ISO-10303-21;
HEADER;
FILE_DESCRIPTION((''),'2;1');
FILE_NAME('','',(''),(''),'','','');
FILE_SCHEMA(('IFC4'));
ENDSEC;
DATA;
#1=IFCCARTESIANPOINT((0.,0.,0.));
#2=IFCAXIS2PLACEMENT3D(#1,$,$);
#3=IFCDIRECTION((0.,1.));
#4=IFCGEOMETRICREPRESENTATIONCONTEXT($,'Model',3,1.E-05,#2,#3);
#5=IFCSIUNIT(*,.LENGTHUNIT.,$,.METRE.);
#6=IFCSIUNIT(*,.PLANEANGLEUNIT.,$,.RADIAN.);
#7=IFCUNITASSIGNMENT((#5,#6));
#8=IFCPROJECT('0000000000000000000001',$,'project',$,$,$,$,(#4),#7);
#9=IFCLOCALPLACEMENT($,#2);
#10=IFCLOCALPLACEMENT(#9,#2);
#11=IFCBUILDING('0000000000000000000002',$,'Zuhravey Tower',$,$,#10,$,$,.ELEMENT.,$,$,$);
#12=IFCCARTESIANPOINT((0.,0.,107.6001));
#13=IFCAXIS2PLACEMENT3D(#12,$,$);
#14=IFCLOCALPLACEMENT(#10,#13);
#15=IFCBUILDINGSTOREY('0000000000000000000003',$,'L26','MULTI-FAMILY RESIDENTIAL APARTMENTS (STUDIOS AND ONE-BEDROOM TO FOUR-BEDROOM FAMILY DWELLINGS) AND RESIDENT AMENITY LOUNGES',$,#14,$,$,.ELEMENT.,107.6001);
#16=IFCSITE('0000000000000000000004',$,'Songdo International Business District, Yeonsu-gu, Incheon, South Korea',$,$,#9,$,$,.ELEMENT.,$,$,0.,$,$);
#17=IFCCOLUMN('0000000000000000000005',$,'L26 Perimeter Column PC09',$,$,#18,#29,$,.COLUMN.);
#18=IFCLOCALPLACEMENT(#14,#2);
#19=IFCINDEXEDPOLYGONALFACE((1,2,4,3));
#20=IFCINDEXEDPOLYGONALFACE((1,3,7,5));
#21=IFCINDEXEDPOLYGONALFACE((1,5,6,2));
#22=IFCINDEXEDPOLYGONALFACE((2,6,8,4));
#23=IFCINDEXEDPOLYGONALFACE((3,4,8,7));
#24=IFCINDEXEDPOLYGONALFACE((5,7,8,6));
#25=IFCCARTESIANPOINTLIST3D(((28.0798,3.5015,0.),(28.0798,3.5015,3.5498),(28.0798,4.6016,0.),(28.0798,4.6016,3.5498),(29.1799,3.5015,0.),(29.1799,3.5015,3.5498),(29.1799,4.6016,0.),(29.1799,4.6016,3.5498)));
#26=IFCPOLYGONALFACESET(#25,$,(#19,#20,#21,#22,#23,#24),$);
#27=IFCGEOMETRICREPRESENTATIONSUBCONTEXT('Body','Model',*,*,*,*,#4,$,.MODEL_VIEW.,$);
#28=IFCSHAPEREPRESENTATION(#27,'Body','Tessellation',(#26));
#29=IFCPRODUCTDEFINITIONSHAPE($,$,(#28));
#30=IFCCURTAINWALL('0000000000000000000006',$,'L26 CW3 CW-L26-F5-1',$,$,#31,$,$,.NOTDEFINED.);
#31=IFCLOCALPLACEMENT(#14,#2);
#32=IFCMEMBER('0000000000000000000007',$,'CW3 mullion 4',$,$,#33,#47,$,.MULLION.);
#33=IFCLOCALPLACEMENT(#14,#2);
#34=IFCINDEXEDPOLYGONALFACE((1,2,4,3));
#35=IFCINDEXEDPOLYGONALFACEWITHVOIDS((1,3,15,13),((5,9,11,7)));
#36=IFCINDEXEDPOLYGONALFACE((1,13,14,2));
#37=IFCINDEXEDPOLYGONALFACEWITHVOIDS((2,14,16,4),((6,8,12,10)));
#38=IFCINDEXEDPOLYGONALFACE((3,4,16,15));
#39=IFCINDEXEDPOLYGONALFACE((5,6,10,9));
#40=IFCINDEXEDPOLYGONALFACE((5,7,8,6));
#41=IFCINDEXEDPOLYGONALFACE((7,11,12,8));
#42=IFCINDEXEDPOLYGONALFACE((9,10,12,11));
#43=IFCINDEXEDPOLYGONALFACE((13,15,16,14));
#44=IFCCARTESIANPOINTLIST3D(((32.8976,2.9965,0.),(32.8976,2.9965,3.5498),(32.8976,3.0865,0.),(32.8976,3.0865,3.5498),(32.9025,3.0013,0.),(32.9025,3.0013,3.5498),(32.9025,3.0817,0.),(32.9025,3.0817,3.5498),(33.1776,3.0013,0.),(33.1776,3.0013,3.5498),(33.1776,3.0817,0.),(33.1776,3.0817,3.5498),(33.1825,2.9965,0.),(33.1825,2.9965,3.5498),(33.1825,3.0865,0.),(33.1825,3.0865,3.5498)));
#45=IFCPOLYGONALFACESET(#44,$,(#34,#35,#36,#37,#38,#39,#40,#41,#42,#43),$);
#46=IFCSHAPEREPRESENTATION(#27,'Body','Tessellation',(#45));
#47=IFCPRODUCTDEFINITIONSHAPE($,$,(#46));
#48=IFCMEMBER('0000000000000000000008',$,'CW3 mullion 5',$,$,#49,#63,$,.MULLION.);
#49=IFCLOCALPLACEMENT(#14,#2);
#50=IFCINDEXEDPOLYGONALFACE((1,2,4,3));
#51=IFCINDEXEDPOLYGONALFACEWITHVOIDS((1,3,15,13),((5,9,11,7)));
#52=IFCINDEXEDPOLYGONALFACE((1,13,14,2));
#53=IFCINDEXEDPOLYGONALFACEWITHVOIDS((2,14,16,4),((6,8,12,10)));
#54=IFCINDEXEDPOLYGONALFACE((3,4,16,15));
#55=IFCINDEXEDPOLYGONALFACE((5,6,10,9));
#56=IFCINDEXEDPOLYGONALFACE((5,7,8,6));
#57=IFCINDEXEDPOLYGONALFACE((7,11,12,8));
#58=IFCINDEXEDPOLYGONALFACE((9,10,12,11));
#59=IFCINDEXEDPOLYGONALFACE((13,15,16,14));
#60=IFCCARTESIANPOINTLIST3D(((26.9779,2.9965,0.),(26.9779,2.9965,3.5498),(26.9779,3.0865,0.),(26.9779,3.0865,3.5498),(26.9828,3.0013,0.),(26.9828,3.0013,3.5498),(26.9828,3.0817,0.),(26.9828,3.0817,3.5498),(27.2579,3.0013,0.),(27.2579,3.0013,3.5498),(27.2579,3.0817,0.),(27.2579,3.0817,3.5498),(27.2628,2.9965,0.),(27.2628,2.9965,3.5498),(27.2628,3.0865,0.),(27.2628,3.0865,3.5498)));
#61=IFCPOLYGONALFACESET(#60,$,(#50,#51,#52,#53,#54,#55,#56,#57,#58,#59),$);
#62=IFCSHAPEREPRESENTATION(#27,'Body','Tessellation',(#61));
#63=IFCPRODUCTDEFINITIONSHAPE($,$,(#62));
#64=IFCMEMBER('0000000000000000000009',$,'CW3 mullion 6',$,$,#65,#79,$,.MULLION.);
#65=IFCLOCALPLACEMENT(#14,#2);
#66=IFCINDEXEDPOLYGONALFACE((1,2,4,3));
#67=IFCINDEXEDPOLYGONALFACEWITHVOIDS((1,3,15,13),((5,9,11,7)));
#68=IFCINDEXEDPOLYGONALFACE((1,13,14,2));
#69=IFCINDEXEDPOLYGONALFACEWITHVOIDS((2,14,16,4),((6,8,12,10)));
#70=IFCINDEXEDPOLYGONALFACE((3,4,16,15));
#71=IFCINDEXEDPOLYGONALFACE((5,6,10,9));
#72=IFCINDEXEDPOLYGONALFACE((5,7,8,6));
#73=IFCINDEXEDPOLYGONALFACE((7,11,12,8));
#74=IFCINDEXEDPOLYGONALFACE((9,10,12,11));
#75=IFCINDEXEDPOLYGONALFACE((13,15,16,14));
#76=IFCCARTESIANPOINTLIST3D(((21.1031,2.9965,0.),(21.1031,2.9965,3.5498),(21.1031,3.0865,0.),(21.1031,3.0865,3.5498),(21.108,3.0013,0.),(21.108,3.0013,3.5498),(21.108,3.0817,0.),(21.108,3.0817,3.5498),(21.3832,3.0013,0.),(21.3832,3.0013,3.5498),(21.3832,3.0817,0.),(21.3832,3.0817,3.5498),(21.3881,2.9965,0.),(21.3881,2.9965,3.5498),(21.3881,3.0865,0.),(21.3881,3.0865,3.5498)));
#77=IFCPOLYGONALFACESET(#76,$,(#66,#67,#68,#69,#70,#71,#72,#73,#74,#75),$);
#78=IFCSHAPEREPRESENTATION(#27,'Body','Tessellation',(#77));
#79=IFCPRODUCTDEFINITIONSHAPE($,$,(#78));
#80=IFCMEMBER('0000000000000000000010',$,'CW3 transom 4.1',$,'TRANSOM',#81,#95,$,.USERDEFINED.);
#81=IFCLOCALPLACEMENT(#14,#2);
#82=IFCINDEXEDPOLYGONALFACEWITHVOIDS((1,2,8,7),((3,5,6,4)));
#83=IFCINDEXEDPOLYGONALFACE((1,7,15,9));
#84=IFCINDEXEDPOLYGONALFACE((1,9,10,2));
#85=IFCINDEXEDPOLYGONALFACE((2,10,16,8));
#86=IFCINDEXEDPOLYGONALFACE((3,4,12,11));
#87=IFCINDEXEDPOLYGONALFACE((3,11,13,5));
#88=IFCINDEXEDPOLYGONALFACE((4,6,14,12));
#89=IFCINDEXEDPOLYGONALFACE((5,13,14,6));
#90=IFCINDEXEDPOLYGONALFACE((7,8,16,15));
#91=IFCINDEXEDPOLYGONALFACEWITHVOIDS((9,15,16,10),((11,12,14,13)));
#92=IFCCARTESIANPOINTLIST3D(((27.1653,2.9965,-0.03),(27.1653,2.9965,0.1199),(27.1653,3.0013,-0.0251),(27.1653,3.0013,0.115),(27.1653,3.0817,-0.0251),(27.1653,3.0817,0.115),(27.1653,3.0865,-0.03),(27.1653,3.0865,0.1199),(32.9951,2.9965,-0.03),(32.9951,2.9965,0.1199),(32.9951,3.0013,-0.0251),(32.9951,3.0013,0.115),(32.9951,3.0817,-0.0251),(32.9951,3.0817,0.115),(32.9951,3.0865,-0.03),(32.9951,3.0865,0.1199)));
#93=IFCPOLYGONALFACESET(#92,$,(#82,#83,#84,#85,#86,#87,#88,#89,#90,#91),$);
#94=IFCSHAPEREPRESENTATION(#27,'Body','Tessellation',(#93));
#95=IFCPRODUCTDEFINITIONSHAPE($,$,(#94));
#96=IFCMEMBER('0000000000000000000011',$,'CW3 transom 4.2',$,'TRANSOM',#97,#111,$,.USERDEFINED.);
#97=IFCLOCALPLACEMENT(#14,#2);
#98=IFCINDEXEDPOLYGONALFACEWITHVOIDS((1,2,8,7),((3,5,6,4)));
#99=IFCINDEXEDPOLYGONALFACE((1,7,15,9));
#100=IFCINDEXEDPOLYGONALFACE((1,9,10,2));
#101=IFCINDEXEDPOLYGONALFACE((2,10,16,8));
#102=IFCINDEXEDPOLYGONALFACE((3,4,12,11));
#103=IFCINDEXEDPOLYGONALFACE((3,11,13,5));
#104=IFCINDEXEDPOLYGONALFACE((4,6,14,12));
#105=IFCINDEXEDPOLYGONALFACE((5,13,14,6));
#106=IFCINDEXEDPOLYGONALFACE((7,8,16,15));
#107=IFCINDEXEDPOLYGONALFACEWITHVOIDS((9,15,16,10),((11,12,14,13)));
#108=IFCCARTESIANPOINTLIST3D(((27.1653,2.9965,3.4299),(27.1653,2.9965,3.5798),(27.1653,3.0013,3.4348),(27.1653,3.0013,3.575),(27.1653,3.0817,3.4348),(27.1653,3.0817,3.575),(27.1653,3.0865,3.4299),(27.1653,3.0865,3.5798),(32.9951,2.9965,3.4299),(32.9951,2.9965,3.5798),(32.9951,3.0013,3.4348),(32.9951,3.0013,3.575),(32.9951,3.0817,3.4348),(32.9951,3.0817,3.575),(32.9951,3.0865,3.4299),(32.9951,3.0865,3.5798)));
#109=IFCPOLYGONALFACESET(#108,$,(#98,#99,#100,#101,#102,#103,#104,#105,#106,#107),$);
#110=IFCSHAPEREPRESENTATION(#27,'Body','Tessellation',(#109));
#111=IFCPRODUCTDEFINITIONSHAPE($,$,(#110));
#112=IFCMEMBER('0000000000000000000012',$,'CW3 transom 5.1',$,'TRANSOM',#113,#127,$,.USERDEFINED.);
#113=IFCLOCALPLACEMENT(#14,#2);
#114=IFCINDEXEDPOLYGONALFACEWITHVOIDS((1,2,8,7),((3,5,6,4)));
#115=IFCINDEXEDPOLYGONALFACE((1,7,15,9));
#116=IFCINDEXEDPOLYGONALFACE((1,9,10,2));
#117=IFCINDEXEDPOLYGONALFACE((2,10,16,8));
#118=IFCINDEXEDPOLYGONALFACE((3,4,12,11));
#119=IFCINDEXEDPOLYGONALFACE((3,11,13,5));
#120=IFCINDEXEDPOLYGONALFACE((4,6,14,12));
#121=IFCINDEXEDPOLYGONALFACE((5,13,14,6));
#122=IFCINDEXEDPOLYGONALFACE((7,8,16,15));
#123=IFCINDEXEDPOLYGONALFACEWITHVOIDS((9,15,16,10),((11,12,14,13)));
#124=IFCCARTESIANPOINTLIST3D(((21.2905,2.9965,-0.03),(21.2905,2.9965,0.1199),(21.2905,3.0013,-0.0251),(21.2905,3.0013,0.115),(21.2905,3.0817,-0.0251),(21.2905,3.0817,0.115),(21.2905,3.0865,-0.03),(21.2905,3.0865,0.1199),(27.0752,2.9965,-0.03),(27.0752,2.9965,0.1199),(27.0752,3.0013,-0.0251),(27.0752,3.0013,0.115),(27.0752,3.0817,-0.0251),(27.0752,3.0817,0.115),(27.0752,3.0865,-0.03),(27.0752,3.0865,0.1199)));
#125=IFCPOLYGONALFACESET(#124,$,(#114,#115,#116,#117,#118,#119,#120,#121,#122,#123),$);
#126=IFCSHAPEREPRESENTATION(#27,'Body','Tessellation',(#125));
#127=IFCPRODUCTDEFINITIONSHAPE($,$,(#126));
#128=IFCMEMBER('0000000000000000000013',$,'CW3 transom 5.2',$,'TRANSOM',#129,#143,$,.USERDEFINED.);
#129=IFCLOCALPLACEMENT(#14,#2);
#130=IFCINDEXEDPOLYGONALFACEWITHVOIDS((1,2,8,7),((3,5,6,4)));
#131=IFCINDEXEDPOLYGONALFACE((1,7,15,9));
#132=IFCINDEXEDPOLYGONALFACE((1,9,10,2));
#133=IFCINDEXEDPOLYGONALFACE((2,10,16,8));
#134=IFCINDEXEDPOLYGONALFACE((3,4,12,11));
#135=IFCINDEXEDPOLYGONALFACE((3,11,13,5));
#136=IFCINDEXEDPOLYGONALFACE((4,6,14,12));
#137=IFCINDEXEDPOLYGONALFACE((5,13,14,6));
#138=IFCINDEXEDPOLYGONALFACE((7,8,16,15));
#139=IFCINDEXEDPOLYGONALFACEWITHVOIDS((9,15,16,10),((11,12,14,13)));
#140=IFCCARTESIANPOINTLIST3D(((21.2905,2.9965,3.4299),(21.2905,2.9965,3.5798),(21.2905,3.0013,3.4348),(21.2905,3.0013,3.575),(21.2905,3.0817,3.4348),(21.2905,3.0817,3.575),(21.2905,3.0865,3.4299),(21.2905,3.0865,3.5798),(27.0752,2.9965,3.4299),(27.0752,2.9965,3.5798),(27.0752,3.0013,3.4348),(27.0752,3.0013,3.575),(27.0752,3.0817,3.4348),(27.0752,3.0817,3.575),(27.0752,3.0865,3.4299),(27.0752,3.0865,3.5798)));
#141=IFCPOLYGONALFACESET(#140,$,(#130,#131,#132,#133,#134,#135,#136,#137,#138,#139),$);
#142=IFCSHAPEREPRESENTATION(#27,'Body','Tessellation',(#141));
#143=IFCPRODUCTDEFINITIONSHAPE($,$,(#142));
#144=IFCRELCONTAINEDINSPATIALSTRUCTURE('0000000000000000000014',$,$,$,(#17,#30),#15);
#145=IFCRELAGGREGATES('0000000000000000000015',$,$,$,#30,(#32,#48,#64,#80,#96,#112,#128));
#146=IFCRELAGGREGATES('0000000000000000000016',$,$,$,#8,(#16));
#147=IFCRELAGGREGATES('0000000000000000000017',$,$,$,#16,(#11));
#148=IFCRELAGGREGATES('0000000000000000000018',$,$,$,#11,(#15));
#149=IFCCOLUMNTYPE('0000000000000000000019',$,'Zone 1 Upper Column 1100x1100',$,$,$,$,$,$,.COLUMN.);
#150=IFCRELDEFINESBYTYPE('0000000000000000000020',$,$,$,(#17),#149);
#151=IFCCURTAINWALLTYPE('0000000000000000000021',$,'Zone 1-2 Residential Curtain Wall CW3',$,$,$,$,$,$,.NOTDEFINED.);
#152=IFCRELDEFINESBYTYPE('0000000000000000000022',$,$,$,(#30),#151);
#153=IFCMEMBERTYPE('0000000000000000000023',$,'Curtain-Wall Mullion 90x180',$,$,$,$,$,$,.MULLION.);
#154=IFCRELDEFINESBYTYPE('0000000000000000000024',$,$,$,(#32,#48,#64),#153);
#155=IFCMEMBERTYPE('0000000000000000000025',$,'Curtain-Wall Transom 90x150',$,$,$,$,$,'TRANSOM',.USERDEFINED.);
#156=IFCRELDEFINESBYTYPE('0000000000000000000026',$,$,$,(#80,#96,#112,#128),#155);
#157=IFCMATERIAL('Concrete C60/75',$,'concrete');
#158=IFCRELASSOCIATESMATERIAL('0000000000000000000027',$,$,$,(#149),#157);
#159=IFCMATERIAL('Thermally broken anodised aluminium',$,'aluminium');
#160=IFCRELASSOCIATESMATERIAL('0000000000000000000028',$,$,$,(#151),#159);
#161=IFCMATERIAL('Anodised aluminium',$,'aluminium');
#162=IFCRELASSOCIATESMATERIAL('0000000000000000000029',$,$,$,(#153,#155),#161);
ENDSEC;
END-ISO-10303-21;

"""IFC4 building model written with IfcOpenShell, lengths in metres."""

from ifc_helpers import new_model, si_unit, direction, frame, origin, origin_2d, place, context, subcontext, project, spatial, rectangle, hollow_rectangle, extrude, material, material_profile, profile_set, type_object, element, aggregate, save


model = new_model("IFC4")

# Units and contexts
model_context = context("Model", 3, precision=1e-05, world=origin(), true_north=direction((0.0, 1.0)))
body_context = subcontext(model_context, "Body", "Model", "MODEL_VIEW")
ifc_project = project(units=[si_unit("LENGTHUNIT", "METRE"), si_unit("PLANEANGLEUNIT", "RADIAN")], contexts=[model_context])

# Site, building, storey
site_placement = place(None, origin())
site = spatial("IfcSite", under=ifc_project, at=site_placement, Name="Songdo International Business District, Yeonsu-gu, Incheon, South Korea", CompositionType="ELEMENT", RefElevation=0.0)
building_placement = place(site_placement, origin())
building = spatial("IfcBuilding", under=site, at=building_placement, Name="Zuhravey Tower", CompositionType="ELEMENT")
storey_placement = place(building_placement, frame((0.0, 0.0, 107.6001)))
storey = spatial("IfcBuildingStorey", under=building, at=storey_placement, Name="L26", Description="MULTI-FAMILY RESIDENTIAL APARTMENTS (STUDIOS AND ONE-BEDROOM TO FOUR-BEDROOM FAMILY DWELLINGS) AND RESIDENT AMENITY LOUNGES", CompositionType="ELEMENT", Elevation=107.6001)

# Column
ifc_material_1 = material(Name="Concrete C60/75", Category="concrete")
ifc_material_profile_1 = material_profile(ifc_material_1, rectangle(XDim=1.1001, YDim=1.1001, at=origin_2d()), Name="RC-1100x1100")
ifc_profile_set_1 = profile_set([ifc_material_profile_1], Name="Concrete C60/75")
column_type = type_object("IfcColumnType", Name="Zone 1 Upper Column 1100x1100", PredefinedType="COLUMN", material=ifc_profile_set_1)
column_placement = place(storey_placement, frame((28.6299, 4.0515, 0.0), z_axis=(0.0, 0.0, 1.0), x_axis=(1.0, 0.0, 0.0)))
element("IfcColumn", 1, at=column_placement, inside=storey, type_object=column_type, Name="L26 Perimeter Column PC09", PredefinedType="COLUMN", context=body_context, shape_type="SweptSolid", body=[
    extrude(rectangle(XDim=1.1001, YDim=1.1001, at=origin_2d()), origin(), (0.0, 0.0, 1.0), 3.5498),
])

# Curtain wall, members
ifc_material_2 = material(Name="Thermally broken anodised aluminium", Category="aluminium")
curtain_wall_type = type_object("IfcCurtainWallType", Name="Zone 1-2 Residential Curtain Wall CW3", PredefinedType="NOTDEFINED", material=ifc_material_2)
curtain_wall_placement = place(storey_placement, origin())
curtain_wall = element("IfcCurtainWall", 2, at=curtain_wall_placement, inside=storey, type_object=curtain_wall_type, Name="L26 CW3 CW-L26-F5-1", PredefinedType="NOTDEFINED")
ifc_material_3 = material(Name="Anodised aluminium", Category="aluminium")
ifc_material_profile_2 = material_profile(ifc_material_3, hollow_rectangle(XDim=0.0901, YDim=0.2849, WallThickness=0.0049, at=origin_2d()), Name="ALU-RHS-90x285x5")
ifc_profile_set_2 = profile_set([ifc_material_profile_2], Name="Anodised aluminium")
member_type_1 = type_object("IfcMemberType", Name="Curtain-Wall Mullion 90x180", PredefinedType="MULLION", material=ifc_profile_set_2)
member_1_placement = place(storey_placement, frame((33.04, 3.0415, 0.0), z_axis=(0.0, 0.0, 1.0), x_axis=(0.0, -1.0, 0.0)))
member_1 = element("IfcMember", 3, at=member_1_placement, type_object=member_type_1, Name="CW3 mullion 4", PredefinedType="MULLION", context=body_context, shape_type="SweptSolid", body=[
    extrude(hollow_rectangle(XDim=0.0901, YDim=0.2849, WallThickness=0.0049, at=origin_2d()), origin(), (0.0, 0.0, 1.0), 3.5498),
])
member_2_placement = place(storey_placement, frame((27.1204, 3.0415, 0.0), z_axis=(0.0, 0.0, 1.0), x_axis=(0.0, -1.0, 0.0)))
member_2 = element("IfcMember", 4, at=member_2_placement, type_object=member_type_1, Name="CW3 mullion 5", PredefinedType="MULLION", context=body_context, shape_type="SweptSolid", body=[
    extrude(hollow_rectangle(XDim=0.0901, YDim=0.2849, WallThickness=0.0049, at=origin_2d()), origin(), (0.0, 0.0, 1.0), 3.5498),
])
member_3_placement = place(storey_placement, frame((21.2456, 3.0415, 0.0), z_axis=(0.0, 0.0, 1.0), x_axis=(0.0, -1.0, 0.0)))
member_3 = element("IfcMember", 5, at=member_3_placement, type_object=member_type_1, Name="CW3 mullion 6", PredefinedType="MULLION", context=body_context, shape_type="SweptSolid", body=[
    extrude(hollow_rectangle(XDim=0.0901, YDim=0.2849, WallThickness=0.0049, at=origin_2d()), origin(), (0.0, 0.0, 1.0), 3.5498),
])
ifc_material_profile_3 = material_profile(ifc_material_3, hollow_rectangle(XDim=0.0901, YDim=0.1499, WallThickness=0.0049, at=origin_2d()), Name="ALU-RHS-90x150x5")
ifc_profile_set_3 = profile_set([ifc_material_profile_3], Name="Anodised aluminium")
member_type_2 = type_object("IfcMemberType", Name="Curtain-Wall Transom 90x150", ElementType="TRANSOM", PredefinedType="USERDEFINED", material=ifc_profile_set_3)
member_4_placement = place(storey_placement, frame((32.9951, 3.0415, 0.0449), z_axis=(-1.0, 0.0, 0.0), x_axis=(0.0, -1.0, 0.0)))
member_4 = element("IfcMember", 6, at=member_4_placement, type_object=member_type_2, Name="CW3 transom 4.1", ObjectType="TRANSOM", PredefinedType="USERDEFINED", context=body_context, shape_type="SweptSolid", body=[
    extrude(hollow_rectangle(XDim=0.0901, YDim=0.1499, WallThickness=0.0049, at=origin_2d()), origin(), (0.0, 0.0, 1.0), 5.8298),
])
member_5_placement = place(storey_placement, frame((32.9951, 3.0415, 3.5049), z_axis=(-1.0, 0.0, 0.0), x_axis=(0.0, -1.0, 0.0)))
member_5 = element("IfcMember", 7, at=member_5_placement, type_object=member_type_2, Name="CW3 transom 4.2", ObjectType="TRANSOM", PredefinedType="USERDEFINED", context=body_context, shape_type="SweptSolid", body=[
    extrude(hollow_rectangle(XDim=0.0901, YDim=0.1499, WallThickness=0.0049, at=origin_2d()), origin(), (0.0, 0.0, 1.0), 5.8298),
])
member_6_placement = place(storey_placement, frame((27.0752, 3.0415, 0.0449), z_axis=(-1.0, 0.0, 0.0), x_axis=(0.0, -1.0, 0.0)))
member_6 = element("IfcMember", 8, at=member_6_placement, type_object=member_type_2, Name="CW3 transom 5.1", ObjectType="TRANSOM", PredefinedType="USERDEFINED", context=body_context, shape_type="SweptSolid", body=[
    extrude(hollow_rectangle(XDim=0.0901, YDim=0.1499, WallThickness=0.0049, at=origin_2d()), origin(), (0.0, 0.0, 1.0), 5.7847),
])
member_7_placement = place(storey_placement, frame((27.0752, 3.0415, 3.5049), z_axis=(-1.0, 0.0, 0.0), x_axis=(0.0, -1.0, 0.0)))
member_7 = element("IfcMember", 9, at=member_7_placement, type_object=member_type_2, Name="CW3 transom 5.2", ObjectType="TRANSOM", PredefinedType="USERDEFINED", context=body_context, shape_type="SweptSolid", body=[
    extrude(hollow_rectangle(XDim=0.0901, YDim=0.1499, WallThickness=0.0049, at=origin_2d()), origin(), (0.0, 0.0, 1.0), 5.7847),
])

aggregate(curtain_wall, [member_1, member_2, member_3, member_4, member_5, member_6, member_7])

save(model, "model.ifc")
